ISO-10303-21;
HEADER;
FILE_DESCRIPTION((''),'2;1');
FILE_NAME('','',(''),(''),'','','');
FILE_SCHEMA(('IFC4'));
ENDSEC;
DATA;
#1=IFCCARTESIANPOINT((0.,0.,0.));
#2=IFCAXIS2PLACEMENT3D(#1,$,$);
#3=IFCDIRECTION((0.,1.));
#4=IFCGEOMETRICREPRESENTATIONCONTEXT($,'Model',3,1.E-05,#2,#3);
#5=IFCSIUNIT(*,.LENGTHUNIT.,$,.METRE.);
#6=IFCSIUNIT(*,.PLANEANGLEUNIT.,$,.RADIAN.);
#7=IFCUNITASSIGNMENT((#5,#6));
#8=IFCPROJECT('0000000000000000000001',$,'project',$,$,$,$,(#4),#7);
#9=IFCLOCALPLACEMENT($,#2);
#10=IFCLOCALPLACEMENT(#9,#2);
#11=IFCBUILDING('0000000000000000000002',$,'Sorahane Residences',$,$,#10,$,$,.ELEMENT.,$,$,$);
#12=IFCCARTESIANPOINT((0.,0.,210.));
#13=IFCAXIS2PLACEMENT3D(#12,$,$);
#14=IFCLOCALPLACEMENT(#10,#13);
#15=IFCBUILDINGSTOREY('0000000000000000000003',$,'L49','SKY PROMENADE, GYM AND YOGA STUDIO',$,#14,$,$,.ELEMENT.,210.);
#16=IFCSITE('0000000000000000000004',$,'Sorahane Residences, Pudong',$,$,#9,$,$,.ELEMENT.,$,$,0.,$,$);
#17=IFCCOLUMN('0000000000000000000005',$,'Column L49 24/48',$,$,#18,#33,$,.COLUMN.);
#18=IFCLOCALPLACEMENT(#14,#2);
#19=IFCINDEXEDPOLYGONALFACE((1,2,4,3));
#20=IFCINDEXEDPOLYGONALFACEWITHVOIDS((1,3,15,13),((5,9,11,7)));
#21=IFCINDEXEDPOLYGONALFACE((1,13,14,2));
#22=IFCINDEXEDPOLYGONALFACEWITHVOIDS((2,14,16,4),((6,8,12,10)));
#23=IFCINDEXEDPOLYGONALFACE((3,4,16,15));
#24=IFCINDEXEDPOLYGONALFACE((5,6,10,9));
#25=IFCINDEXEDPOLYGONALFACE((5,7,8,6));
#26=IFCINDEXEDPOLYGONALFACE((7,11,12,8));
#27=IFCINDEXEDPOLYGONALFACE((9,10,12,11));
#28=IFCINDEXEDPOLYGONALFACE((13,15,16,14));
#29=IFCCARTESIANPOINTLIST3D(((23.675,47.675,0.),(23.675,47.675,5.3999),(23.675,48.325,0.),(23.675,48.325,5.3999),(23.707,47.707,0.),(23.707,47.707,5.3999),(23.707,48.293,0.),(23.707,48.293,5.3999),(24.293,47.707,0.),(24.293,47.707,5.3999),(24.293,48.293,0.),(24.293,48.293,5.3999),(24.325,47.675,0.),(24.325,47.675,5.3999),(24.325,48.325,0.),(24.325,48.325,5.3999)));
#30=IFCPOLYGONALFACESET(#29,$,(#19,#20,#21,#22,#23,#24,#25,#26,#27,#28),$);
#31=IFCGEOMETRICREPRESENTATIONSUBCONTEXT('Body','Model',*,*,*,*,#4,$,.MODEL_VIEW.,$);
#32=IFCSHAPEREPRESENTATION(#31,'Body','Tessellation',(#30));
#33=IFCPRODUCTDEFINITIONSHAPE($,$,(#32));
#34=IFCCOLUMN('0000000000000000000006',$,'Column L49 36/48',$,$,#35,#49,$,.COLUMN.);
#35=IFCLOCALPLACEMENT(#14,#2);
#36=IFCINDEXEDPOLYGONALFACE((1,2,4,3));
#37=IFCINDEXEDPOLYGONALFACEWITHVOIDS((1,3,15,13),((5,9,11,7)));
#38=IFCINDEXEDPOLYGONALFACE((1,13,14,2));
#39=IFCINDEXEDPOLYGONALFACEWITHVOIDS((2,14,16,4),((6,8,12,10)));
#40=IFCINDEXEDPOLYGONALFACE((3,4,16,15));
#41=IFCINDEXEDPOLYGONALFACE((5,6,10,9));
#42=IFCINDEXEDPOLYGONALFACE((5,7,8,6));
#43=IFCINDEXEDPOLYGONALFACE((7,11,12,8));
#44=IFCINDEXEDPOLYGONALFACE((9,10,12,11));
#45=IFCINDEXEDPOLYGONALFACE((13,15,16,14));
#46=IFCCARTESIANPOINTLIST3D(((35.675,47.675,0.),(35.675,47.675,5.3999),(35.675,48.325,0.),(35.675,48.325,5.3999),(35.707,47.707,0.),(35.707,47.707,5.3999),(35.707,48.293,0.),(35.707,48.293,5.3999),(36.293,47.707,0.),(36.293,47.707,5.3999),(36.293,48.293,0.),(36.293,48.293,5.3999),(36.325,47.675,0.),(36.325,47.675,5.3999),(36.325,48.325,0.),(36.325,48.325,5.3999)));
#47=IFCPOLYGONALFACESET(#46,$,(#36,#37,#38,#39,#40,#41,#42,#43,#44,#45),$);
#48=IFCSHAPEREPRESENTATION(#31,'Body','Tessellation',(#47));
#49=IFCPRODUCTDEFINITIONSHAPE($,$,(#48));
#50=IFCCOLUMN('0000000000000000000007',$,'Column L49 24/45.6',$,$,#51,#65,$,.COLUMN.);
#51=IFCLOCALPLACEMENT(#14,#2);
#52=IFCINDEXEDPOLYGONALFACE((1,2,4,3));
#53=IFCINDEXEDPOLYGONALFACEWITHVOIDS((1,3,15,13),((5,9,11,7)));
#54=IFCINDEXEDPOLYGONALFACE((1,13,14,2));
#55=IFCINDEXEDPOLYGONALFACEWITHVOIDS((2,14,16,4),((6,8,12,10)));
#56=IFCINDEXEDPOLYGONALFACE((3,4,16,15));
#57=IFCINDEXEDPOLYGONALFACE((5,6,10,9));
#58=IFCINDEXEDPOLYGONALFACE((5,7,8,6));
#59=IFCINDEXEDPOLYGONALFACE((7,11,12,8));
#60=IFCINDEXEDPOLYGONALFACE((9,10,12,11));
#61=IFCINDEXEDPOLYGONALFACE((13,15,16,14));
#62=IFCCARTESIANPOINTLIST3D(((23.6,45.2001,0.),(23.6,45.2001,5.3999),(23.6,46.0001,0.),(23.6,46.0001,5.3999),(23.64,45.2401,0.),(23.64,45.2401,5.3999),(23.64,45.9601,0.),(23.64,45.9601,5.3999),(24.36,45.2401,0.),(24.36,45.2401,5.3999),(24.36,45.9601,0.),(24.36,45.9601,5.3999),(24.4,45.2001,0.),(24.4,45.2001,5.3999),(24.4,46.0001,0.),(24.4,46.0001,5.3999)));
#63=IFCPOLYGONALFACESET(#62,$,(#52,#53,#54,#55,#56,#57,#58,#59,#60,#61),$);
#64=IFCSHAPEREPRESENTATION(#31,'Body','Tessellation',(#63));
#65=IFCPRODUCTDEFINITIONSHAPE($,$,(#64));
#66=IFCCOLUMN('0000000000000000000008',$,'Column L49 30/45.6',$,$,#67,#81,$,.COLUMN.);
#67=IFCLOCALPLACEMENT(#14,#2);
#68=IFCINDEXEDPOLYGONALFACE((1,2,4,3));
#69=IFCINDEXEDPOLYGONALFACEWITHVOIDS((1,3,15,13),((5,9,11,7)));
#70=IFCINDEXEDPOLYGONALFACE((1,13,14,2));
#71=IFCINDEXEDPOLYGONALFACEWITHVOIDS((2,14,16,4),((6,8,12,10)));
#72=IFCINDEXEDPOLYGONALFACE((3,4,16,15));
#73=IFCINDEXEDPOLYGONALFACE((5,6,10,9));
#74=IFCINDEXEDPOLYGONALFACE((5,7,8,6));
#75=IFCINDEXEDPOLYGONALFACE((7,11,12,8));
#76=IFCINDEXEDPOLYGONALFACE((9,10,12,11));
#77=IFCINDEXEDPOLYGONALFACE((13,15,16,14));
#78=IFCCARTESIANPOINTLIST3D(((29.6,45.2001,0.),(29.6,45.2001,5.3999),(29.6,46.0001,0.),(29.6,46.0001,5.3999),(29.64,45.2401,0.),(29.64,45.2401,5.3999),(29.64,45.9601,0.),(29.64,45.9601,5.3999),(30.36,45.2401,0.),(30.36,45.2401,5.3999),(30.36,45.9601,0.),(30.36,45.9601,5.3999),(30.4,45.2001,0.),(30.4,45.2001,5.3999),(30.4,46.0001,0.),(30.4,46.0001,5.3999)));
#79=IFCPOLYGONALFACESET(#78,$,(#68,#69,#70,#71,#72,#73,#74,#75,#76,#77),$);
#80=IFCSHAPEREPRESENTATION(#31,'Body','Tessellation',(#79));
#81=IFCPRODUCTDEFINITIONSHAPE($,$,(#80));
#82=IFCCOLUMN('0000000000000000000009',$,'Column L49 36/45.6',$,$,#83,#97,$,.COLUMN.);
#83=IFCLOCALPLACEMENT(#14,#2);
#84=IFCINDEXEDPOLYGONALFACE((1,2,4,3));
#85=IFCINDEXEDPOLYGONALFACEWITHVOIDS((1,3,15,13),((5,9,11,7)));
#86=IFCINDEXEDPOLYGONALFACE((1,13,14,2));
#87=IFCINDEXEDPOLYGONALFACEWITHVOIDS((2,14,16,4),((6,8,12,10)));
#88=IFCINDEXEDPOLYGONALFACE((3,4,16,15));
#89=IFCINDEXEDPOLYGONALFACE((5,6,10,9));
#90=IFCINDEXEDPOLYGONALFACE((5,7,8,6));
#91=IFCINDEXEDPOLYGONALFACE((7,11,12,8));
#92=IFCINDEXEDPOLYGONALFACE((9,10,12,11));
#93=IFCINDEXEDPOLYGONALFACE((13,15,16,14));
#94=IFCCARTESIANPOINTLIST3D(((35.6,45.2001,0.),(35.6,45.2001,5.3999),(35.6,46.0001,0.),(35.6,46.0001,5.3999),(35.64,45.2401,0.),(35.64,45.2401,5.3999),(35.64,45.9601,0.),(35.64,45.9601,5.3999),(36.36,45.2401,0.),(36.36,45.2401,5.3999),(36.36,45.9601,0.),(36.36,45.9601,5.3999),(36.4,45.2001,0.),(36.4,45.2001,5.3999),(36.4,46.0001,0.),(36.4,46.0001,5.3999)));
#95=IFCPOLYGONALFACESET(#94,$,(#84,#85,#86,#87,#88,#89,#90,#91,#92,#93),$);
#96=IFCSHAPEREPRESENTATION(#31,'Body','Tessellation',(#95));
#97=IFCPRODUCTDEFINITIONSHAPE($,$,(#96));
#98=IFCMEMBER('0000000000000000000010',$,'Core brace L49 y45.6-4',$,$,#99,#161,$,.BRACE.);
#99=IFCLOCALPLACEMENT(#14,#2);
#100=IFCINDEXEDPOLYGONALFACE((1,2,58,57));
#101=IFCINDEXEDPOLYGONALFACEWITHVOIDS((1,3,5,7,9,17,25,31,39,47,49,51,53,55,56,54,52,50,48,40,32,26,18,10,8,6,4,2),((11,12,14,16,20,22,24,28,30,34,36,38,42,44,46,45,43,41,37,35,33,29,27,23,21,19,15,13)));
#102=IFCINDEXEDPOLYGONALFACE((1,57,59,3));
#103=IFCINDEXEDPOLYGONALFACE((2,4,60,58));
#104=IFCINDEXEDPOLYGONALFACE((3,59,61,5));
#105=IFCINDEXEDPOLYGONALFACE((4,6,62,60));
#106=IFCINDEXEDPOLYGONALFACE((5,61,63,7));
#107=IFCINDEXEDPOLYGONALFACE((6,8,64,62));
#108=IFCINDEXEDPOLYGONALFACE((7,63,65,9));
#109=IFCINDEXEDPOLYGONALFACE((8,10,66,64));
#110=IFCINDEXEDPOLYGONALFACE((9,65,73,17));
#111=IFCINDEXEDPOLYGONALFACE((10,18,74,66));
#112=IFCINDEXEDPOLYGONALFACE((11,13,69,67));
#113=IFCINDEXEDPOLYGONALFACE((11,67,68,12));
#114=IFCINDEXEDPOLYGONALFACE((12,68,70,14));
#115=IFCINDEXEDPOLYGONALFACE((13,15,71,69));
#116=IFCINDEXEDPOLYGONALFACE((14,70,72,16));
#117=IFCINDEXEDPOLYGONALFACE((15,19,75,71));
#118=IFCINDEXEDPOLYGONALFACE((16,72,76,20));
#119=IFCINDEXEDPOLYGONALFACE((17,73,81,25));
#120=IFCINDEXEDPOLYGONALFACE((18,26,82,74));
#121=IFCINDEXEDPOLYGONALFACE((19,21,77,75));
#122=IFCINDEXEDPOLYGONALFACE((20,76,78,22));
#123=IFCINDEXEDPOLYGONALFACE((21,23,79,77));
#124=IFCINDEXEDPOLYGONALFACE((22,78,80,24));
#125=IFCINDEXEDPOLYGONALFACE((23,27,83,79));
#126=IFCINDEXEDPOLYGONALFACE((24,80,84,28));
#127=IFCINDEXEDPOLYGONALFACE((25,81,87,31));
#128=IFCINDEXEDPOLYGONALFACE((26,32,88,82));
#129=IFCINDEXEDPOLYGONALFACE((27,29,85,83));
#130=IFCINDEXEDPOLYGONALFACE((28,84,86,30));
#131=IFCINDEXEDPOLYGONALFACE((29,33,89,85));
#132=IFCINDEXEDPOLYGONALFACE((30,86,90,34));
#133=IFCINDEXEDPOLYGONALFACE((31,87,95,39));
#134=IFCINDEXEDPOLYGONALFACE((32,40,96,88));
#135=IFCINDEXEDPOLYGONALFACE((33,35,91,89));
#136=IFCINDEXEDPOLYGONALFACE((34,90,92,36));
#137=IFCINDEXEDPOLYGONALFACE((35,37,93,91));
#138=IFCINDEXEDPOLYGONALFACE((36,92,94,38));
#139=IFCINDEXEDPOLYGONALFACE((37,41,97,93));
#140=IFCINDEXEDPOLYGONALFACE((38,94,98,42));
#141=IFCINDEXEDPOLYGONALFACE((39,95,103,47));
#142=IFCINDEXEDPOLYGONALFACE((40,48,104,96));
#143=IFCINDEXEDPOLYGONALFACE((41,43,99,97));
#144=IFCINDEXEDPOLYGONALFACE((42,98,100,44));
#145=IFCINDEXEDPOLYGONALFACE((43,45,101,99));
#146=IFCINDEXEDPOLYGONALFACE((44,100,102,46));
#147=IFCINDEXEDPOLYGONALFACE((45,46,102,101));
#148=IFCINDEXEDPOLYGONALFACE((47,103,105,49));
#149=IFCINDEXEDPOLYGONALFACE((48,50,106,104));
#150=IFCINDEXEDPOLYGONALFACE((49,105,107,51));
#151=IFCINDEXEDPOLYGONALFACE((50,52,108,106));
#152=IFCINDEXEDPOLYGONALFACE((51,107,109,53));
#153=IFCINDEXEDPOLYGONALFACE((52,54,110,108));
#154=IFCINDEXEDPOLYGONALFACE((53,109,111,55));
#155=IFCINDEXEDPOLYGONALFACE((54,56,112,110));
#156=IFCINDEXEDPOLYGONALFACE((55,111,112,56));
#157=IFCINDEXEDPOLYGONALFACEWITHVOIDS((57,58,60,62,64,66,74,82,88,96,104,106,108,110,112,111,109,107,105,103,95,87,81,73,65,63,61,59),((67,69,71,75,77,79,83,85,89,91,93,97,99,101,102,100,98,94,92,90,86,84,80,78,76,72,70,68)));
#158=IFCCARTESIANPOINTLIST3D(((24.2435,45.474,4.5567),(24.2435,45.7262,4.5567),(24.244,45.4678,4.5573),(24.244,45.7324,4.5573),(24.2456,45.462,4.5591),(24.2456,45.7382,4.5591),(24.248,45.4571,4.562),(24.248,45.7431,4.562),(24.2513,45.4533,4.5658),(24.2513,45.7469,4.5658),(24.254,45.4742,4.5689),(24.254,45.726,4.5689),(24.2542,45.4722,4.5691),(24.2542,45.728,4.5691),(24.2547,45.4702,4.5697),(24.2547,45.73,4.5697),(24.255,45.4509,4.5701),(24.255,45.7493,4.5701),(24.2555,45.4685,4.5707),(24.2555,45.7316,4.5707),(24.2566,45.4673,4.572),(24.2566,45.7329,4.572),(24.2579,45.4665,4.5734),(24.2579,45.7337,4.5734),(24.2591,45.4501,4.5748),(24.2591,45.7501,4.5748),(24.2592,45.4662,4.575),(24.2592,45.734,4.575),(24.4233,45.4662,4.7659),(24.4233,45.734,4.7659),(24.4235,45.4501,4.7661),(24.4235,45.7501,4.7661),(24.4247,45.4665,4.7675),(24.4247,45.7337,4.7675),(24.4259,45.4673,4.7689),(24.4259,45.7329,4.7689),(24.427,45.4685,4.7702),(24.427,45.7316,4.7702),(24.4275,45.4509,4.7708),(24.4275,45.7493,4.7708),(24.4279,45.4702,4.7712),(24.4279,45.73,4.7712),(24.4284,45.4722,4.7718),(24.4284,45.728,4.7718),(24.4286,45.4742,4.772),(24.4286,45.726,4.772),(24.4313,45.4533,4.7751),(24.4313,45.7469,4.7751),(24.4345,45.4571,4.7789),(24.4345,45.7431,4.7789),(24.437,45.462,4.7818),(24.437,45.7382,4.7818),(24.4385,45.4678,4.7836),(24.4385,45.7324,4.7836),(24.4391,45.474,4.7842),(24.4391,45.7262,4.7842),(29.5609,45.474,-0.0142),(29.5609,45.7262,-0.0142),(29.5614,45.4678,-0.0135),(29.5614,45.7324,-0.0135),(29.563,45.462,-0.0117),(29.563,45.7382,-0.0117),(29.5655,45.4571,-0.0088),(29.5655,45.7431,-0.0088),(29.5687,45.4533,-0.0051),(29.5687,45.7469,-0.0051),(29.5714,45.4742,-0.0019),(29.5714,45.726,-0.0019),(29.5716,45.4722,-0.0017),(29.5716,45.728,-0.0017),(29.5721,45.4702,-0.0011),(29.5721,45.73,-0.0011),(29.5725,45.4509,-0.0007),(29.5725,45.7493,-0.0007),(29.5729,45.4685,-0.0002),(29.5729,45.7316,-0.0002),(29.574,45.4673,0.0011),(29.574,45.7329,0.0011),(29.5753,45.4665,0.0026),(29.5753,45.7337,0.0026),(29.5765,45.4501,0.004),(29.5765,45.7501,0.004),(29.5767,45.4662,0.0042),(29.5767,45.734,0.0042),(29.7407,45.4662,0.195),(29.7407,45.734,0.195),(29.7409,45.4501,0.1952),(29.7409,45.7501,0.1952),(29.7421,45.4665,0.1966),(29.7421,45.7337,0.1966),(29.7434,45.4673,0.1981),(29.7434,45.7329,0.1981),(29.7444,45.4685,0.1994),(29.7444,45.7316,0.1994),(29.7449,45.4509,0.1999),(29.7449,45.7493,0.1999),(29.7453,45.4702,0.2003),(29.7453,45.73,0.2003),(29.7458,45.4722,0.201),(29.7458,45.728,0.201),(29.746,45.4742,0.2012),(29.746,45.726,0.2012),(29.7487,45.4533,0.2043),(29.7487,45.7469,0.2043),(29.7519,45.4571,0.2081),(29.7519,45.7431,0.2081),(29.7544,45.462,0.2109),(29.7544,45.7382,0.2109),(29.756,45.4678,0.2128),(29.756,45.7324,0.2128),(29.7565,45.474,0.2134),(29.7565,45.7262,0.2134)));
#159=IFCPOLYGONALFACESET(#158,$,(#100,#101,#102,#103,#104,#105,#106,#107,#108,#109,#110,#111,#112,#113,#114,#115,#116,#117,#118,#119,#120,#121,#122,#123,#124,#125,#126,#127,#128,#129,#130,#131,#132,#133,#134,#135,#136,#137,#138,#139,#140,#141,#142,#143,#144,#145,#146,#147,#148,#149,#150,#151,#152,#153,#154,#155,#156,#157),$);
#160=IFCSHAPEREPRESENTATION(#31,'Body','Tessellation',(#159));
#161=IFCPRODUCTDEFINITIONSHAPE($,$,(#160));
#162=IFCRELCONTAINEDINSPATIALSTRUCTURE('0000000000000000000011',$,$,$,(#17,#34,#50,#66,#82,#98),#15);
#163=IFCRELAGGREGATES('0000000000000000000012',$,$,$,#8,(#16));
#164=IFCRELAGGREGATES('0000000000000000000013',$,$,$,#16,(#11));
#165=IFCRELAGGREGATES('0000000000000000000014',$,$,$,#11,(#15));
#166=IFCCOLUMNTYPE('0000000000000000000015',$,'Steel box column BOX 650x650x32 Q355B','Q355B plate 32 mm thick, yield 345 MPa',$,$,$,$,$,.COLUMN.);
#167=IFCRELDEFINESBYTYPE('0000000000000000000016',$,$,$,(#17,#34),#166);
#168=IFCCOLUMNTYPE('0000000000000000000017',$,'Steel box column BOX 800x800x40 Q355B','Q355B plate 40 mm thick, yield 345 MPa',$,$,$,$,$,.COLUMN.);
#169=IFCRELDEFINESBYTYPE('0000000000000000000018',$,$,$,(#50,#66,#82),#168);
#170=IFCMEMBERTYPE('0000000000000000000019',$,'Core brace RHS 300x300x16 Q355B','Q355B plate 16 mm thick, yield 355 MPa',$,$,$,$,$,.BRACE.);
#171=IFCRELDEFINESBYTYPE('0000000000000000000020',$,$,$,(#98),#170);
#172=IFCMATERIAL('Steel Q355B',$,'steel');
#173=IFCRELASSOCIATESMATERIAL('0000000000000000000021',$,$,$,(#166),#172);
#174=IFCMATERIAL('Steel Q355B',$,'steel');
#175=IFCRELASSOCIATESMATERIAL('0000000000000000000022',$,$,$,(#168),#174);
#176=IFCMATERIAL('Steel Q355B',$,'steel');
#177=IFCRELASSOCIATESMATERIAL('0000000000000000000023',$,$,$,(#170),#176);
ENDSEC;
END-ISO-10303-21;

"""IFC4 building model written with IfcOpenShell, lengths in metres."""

from ifc_helpers import new_model, si_unit, direction, frame, origin, origin_2d, place, context, subcontext, project, spatial, hollow_rectangle, extrude, material, material_profile, profile_set, type_object, element, save


model = new_model("IFC4")

# Units and contexts
model_context = context("Model", 3, precision=1e-05, world=origin(), true_north=direction((0.0, 1.0)))
body_context = subcontext(model_context, "Body", "Model", "MODEL_VIEW")
ifc_project = project(units=[si_unit("LENGTHUNIT", "METRE"), si_unit("PLANEANGLEUNIT", "RADIAN")], contexts=[model_context])

# Site, building, storey
site_placement = place(None, origin())
site = spatial("IfcSite", under=ifc_project, at=site_placement, Name="Sorahane Residences, Pudong", CompositionType="ELEMENT", RefElevation=0.0)
building_placement = place(site_placement, origin())
building = spatial("IfcBuilding", under=site, at=building_placement, Name="Sorahane Residences", CompositionType="ELEMENT")
storey_placement = place(building_placement, frame((0.0, 0.0, 210.0)))
storey = spatial("IfcBuildingStorey", under=building, at=storey_placement, Name="L49", Description="SKY PROMENADE, GYM AND YOGA STUDIO", CompositionType="ELEMENT", Elevation=210.0)

# Columns
ifc_material_1 = material(Name="Steel Q355B", Category="steel")
ifc_material_profile_1 = material_profile(ifc_material_1, hollow_rectangle(XDim=0.6499, YDim=0.6499, WallThickness=0.032, at=origin_2d()), Name="BOX 650x650x32")
ifc_profile_set_1 = profile_set([ifc_material_profile_1], Name="Steel Q355B")
column_type_1 = type_object("IfcColumnType", Name="Steel box column BOX 650x650x32 Q355B", Description="Q355B plate 32 mm thick, yield 345 MPa", PredefinedType="COLUMN", material=ifc_profile_set_1)
for number, where, z_axis, x_axis, name in (
    (1, (24.0, 48.0, 0.0), (0.0, 0.0, 1.0), (1.0, 0.0, 0.0), "Column L49 24/48"),
    (2, (36.0, 48.0, 0.0), (0.0, 0.0, 1.0), (1.0, 0.0, 0.0), "Column L49 36/48"),
):
    element("IfcColumn", number, at=place(storey_placement, frame(where, z_axis=z_axis, x_axis=x_axis)), inside=storey, type_object=column_type_1, Name=name, PredefinedType="COLUMN", context=body_context, shape_type="SweptSolid", body=[
        extrude(hollow_rectangle(XDim=0.6499, YDim=0.6499, WallThickness=0.032, at=origin_2d()), origin(), (0.0, 0.0, 1.0), 5.3999),
    ])
ifc_material_2 = material(Name="Steel Q355B", Category="steel")
ifc_material_profile_2 = material_profile(ifc_material_2, hollow_rectangle(XDim=0.8, YDim=0.8, WallThickness=0.04, at=origin_2d()), Name="BOX 800x800x40")
ifc_profile_set_2 = profile_set([ifc_material_profile_2], Name="Steel Q355B")
column_type_2 = type_object("IfcColumnType", Name="Steel box column BOX 800x800x40 Q355B", Description="Q355B plate 40 mm thick, yield 345 MPa", PredefinedType="COLUMN", material=ifc_profile_set_2)
for number, where, z_axis, x_axis, name in (
    (3, (24.0, 45.6001, 0.0), (0.0, 0.0, 1.0), (1.0, 0.0, 0.0), "Column L49 24/45.6"),
    (4, (30.0, 45.6001, 0.0), (0.0, 0.0, 1.0), (1.0, 0.0, 0.0), "Column L49 30/45.6"),
    (5, (36.0, 45.6001, 0.0), (0.0, 0.0, 1.0), (1.0, 0.0, 0.0), "Column L49 36/45.6"),
):
    element("IfcColumn", number, at=place(storey_placement, frame(where, z_axis=z_axis, x_axis=x_axis)), inside=storey, type_object=column_type_2, Name=name, PredefinedType="COLUMN", context=body_context, shape_type="SweptSolid", body=[
        extrude(hollow_rectangle(XDim=0.8, YDim=0.8, WallThickness=0.04, at=origin_2d()), origin(), (0.0, 0.0, 1.0), 5.3999),
    ])

# Member
ifc_material_3 = material(Name="Steel Q355B", Category="steel")
ifc_material_profile_3 = material_profile(ifc_material_3, hollow_rectangle(XDim=0.3, YDim=0.3, WallThickness=0.0161, InnerFilletRadius=0.0081, OuterFilletRadius=0.0239, at=origin_2d()), Name="RHS 300x300x16")
ifc_profile_set_3 = profile_set([ifc_material_profile_3], Name="Steel Q355B")
member_type_1 = type_object("IfcMemberType", Name="Core brace RHS 300x300x16 Q355B", Description="Q355B plate 16 mm thick, yield 355 MPa", PredefinedType="BRACE", material=ifc_profile_set_3)
member_1_placement = place(storey_placement, frame((29.6587, 45.6001, 0.0996), z_axis=(-0.758337, 0.0, 0.651863), x_axis=(0.0, -1.0, 0.0)))
element("IfcMember", 6, at=member_1_placement, inside=storey, type_object=member_type_1, Name="Core brace L49 y45.6-4", PredefinedType="BRACE", context=body_context, shape_type="SweptSolid", body=[
    extrude(hollow_rectangle(XDim=0.3, YDim=0.3, WallThickness=0.0161, InnerFilletRadius=0.0081, OuterFilletRadius=0.0239, at=origin_2d()), origin(), (0.0, 0.0, 1.0), 7.012),
])

save(model, "model.ifc")
